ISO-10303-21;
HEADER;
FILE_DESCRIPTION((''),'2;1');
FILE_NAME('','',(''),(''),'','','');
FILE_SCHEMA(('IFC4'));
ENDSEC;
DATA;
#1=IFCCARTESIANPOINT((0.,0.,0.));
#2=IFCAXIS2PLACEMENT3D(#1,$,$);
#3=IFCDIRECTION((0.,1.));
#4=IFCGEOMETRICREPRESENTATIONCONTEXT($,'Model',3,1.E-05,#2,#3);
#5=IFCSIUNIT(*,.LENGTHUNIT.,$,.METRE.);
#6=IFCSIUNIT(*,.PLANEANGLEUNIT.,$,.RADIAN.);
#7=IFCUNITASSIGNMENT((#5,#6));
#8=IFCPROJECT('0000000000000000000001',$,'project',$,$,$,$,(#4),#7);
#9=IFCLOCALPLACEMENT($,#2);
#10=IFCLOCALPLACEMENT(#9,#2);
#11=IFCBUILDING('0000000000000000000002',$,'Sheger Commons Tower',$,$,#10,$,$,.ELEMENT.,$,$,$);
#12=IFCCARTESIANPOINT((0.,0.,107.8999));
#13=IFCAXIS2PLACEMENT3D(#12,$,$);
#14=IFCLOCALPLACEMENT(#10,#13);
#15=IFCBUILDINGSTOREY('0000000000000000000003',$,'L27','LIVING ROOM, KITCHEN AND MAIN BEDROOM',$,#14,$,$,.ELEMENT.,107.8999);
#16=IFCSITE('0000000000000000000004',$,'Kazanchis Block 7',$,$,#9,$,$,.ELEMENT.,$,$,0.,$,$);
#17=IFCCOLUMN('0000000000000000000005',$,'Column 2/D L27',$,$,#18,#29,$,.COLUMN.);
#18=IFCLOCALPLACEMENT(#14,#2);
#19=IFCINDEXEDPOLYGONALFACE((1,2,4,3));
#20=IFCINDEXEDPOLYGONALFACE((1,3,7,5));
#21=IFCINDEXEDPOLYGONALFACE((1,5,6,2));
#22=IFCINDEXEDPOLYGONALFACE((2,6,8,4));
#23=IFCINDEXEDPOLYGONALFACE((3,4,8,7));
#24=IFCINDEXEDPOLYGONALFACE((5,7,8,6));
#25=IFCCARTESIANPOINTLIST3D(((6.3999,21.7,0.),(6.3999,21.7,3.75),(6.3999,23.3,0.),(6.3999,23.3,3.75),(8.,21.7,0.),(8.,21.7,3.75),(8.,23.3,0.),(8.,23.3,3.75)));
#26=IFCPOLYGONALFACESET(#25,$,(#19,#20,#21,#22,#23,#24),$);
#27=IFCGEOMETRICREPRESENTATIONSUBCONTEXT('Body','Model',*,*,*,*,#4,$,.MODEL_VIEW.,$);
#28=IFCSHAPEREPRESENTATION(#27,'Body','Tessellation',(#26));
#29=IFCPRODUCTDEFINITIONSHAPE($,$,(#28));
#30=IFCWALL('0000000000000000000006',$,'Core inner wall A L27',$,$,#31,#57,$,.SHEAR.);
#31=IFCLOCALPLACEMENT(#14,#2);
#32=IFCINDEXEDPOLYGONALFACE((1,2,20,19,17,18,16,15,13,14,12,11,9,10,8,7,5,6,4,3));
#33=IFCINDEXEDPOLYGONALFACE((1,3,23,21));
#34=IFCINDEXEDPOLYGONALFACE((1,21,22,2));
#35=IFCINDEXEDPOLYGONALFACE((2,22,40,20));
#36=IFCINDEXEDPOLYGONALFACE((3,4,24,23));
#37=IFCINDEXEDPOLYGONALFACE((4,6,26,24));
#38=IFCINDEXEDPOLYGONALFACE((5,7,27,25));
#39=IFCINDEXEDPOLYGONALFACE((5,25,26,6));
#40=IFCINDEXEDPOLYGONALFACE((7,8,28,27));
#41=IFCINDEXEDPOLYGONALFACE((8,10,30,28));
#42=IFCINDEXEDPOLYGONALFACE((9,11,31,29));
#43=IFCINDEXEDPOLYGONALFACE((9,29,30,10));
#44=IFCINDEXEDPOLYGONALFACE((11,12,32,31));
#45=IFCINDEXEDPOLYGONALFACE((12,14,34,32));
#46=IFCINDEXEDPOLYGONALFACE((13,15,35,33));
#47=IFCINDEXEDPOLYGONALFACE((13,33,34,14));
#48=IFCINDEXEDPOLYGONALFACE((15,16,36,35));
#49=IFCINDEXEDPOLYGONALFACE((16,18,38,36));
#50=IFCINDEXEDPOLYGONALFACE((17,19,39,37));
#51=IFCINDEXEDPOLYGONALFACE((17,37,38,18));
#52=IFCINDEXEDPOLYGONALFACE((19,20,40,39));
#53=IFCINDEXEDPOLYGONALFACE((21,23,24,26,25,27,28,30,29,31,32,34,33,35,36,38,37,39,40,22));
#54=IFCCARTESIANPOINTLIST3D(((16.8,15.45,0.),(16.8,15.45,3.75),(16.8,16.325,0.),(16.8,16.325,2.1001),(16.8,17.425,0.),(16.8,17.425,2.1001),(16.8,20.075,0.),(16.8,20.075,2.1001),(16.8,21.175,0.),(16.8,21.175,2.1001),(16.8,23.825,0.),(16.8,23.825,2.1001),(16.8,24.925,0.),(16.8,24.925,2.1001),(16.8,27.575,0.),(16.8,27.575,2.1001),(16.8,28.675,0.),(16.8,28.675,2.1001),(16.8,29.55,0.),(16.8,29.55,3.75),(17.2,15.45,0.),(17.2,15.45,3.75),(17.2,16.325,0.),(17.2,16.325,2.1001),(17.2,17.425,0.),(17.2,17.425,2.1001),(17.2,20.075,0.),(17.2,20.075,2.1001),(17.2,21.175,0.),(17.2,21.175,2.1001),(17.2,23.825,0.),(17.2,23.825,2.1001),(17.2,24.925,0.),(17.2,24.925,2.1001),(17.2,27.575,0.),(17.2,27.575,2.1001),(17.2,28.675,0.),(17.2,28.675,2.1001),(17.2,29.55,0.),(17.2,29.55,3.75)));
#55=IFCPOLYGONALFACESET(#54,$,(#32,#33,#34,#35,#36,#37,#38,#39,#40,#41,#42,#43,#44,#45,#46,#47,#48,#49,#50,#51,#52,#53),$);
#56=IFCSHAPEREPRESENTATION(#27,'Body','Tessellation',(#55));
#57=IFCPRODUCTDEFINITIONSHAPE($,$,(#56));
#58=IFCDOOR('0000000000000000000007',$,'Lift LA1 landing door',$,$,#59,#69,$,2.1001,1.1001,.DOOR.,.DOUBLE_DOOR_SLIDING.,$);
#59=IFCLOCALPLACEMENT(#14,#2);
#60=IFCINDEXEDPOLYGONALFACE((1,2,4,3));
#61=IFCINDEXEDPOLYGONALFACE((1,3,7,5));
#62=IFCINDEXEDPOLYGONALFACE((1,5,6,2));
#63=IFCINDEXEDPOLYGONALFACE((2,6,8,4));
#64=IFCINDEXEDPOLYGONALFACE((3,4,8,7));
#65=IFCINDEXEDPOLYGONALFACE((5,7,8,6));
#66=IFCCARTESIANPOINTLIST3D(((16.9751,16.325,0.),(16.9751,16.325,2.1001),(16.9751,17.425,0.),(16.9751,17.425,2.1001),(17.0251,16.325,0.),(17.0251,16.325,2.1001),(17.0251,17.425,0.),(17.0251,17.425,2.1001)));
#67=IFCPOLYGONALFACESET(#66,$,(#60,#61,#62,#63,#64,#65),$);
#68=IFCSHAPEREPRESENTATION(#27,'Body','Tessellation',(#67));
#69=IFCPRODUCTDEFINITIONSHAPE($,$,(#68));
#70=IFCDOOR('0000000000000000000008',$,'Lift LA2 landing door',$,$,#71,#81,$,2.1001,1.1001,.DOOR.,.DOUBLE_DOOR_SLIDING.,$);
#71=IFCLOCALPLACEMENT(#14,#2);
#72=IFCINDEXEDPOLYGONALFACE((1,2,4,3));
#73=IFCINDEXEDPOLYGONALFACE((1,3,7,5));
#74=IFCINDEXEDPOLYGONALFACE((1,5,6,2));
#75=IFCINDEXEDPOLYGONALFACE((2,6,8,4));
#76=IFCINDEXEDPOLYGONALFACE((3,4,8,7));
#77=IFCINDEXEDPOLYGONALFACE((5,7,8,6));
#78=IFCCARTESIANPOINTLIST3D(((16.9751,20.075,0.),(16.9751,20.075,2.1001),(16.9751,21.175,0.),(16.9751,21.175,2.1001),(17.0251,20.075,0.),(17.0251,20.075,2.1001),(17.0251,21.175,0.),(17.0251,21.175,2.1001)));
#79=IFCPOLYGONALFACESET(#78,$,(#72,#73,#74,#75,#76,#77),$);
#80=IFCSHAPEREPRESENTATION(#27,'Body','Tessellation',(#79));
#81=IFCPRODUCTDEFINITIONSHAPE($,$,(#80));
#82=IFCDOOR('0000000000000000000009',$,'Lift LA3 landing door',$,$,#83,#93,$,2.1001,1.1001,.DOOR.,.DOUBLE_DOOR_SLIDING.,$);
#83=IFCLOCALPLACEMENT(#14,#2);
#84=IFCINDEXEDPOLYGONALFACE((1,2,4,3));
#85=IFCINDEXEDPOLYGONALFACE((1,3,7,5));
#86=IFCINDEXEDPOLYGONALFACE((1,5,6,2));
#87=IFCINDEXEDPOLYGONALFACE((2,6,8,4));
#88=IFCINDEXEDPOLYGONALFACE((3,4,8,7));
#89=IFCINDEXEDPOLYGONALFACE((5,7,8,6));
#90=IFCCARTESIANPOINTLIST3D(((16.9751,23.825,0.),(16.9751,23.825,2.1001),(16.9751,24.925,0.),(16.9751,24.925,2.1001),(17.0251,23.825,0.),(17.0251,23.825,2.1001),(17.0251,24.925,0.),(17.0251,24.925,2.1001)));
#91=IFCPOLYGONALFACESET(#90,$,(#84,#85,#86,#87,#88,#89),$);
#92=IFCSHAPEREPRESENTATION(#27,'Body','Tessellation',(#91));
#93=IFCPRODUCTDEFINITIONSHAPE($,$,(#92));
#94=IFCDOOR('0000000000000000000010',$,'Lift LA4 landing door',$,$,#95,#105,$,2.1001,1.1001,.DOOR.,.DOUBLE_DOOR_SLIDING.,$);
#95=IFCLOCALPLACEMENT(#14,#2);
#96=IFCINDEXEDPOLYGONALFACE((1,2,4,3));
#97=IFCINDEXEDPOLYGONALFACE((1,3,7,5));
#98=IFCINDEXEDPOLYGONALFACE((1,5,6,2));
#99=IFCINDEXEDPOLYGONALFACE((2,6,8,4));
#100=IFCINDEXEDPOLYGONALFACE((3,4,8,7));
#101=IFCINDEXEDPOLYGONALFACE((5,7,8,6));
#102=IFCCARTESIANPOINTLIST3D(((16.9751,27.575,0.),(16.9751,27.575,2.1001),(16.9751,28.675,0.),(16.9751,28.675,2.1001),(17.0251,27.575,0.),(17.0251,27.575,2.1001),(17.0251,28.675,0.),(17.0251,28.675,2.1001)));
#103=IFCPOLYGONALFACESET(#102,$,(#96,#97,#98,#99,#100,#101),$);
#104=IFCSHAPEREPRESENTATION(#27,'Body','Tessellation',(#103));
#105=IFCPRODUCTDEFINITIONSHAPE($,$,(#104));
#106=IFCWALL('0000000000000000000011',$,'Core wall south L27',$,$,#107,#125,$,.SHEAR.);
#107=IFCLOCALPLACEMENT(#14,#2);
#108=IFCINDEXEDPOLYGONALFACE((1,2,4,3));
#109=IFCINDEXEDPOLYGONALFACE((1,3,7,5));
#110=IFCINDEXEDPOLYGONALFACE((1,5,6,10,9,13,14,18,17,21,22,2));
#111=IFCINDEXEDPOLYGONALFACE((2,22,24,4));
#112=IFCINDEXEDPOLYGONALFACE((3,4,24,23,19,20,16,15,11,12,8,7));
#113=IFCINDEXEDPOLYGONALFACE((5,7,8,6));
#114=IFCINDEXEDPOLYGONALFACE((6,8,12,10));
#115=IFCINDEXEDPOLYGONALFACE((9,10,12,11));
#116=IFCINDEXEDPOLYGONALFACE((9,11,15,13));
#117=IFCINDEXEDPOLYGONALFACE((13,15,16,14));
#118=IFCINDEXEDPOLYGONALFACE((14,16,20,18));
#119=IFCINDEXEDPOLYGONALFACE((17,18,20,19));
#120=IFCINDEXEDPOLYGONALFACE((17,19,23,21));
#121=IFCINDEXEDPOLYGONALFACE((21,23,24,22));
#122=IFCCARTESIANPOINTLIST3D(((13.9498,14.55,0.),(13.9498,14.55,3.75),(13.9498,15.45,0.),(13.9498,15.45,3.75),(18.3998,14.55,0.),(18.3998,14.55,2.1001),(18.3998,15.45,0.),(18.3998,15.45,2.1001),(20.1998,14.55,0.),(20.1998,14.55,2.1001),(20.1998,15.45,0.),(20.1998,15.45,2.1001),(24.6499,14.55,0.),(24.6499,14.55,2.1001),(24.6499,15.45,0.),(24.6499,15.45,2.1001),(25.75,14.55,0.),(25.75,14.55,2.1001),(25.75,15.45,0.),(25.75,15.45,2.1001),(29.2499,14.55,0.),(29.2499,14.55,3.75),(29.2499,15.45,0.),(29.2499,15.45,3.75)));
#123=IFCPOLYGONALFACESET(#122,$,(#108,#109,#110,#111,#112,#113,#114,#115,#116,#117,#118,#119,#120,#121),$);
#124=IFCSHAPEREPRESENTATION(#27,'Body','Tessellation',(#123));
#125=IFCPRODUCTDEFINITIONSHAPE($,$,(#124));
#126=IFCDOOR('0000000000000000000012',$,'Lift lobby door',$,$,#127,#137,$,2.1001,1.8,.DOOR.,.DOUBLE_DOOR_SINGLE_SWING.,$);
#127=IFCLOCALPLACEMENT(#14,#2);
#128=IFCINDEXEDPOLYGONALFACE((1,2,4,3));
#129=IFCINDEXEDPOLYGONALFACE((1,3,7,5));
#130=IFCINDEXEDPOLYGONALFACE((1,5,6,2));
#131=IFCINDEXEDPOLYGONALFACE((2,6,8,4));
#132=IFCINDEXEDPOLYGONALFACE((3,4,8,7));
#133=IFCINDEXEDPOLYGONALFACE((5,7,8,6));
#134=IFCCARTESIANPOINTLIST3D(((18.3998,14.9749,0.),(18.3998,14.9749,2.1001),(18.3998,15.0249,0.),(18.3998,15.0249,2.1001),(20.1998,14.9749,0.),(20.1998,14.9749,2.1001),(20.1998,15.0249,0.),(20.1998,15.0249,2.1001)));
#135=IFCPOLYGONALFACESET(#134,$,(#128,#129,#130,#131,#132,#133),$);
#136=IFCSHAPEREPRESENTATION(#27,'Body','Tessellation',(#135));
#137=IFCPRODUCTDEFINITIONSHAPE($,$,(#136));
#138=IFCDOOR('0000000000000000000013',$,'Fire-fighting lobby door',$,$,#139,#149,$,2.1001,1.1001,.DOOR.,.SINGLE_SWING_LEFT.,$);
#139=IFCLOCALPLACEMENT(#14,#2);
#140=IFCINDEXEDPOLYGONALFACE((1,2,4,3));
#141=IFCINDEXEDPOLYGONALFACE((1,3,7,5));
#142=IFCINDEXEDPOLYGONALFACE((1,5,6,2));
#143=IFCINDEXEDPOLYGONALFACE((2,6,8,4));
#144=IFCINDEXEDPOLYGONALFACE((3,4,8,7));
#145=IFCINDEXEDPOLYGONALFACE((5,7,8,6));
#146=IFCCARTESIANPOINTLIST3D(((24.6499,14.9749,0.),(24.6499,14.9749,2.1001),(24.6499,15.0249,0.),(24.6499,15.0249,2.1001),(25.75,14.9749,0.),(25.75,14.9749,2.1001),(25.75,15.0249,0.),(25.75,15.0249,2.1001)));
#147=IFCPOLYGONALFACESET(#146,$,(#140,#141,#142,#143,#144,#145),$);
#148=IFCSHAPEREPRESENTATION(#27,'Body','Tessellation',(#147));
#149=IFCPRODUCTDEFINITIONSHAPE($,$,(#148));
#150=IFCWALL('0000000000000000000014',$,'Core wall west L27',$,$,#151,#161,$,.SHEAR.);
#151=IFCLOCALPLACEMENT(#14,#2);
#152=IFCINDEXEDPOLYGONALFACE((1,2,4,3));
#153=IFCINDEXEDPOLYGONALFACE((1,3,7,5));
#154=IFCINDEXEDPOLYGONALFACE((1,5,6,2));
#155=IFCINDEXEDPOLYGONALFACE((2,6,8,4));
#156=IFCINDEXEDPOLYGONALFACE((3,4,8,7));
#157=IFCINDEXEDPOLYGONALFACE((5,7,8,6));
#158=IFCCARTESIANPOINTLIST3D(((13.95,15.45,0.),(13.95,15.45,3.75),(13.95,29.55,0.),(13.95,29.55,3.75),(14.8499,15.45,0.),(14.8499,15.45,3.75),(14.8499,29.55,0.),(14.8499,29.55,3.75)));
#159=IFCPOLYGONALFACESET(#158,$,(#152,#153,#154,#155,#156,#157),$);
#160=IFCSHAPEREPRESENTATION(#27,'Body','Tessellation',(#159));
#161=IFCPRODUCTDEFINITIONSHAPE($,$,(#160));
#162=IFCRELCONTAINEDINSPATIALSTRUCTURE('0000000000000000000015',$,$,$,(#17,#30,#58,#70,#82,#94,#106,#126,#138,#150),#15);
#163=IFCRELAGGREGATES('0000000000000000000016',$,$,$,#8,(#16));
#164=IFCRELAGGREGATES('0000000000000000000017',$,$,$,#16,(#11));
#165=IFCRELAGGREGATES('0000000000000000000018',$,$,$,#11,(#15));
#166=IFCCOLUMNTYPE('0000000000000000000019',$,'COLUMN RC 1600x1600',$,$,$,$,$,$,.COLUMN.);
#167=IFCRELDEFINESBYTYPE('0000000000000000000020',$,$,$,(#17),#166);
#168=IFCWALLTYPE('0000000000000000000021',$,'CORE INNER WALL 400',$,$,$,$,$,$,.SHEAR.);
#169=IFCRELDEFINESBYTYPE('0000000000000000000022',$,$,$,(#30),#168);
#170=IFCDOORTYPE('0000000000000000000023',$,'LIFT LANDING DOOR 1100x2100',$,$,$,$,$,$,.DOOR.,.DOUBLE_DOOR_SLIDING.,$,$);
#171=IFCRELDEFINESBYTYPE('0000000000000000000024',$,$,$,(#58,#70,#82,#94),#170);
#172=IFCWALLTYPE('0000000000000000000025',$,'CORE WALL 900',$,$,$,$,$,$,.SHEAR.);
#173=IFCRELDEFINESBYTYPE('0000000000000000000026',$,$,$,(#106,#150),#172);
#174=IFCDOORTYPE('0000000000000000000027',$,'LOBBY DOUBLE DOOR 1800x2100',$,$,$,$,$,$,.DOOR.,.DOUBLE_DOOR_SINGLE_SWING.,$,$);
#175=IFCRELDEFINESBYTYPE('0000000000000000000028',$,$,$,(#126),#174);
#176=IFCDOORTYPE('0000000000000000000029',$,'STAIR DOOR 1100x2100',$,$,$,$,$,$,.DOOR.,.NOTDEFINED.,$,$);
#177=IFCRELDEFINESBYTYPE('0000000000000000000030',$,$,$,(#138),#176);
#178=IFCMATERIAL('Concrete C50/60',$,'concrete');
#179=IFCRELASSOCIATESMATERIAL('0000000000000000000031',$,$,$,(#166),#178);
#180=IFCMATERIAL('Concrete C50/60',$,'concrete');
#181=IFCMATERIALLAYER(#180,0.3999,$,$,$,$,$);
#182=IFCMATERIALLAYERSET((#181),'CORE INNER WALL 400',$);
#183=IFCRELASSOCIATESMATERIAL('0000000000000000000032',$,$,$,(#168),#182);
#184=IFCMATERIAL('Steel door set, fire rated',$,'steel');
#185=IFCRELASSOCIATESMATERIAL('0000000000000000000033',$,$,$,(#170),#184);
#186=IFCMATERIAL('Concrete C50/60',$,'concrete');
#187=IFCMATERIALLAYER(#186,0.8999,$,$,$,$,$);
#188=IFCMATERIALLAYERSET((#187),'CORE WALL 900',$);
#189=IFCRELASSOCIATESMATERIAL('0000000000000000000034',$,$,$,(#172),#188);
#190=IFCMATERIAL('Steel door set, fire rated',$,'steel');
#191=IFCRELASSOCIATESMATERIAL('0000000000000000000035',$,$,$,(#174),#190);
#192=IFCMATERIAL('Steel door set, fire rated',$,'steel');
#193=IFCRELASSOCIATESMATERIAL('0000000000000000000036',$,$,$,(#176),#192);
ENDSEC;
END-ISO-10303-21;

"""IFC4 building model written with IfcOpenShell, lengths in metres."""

from ifc_helpers import new_model, si_unit, direction, frame, frame_2d, origin, origin_2d, place, context, subcontext, project, spatial, rectangle, extrude, material, layer, layer_set, material_profile, profile_set, type_object, element, fill, save


model = new_model("IFC4")

# Units and contexts
model_context = context("Model", 3, precision=1e-05, world=origin(), true_north=direction((0.0, 1.0)))
body_context = subcontext(model_context, "Body", "Model", "MODEL_VIEW")
ifc_project = project(units=[si_unit("LENGTHUNIT", "METRE"), si_unit("PLANEANGLEUNIT", "RADIAN")], contexts=[model_context])

# Site, building, storey
site_placement = place(None, origin())
site = spatial("IfcSite", under=ifc_project, at=site_placement, Name="Kazanchis Block 7", CompositionType="ELEMENT", RefElevation=0.0)
building_placement = place(site_placement, origin())
building = spatial("IfcBuilding", under=site, at=building_placement, Name="Sheger Commons Tower", CompositionType="ELEMENT")
storey_placement = place(building_placement, frame((0.0, 0.0, 107.8999)))
storey = spatial("IfcBuildingStorey", under=building, at=storey_placement, Name="L27", Description="LIVING ROOM, KITCHEN AND MAIN BEDROOM", CompositionType="ELEMENT", Elevation=107.8999)

# Column
ifc_material_1 = material(Name="Concrete C50/60", Category="concrete")
ifc_material_profile = material_profile(ifc_material_1, rectangle(XDim=1.6001, YDim=1.6001, at=origin_2d()), Name="RC 1600x1600")
ifc_profile_set = profile_set([ifc_material_profile], Name="Concrete C50/60")
column_type = type_object("IfcColumnType", Name="COLUMN RC 1600x1600", PredefinedType="COLUMN", material=ifc_profile_set)
column_placement = place(storey_placement, frame((7.2, 22.5, 0.0), z_axis=(0.0, 0.0, 1.0), x_axis=(1.0, 0.0, 0.0)))
element("IfcColumn", 1, at=column_placement, inside=storey, type_object=column_type, Name="Column 2/D L27", PredefinedType="COLUMN", context=body_context, shape_type="SweptSolid", body=[
    extrude(rectangle(XDim=1.6001, YDim=1.6001, at=origin_2d()), origin(), (0.0, 0.0, 1.0), 3.75),
])

# Walls, openings, doors
ifc_material_2 = material(Name="Concrete C50/60", Category="concrete")
ifc_layer_1 = layer(ifc_material_2, 0.3999)
ifc_layer_set_1 = layer_set([ifc_layer_1], Name="CORE INNER WALL 400")
wall_type_1 = type_object("IfcWallType", Name="CORE INNER WALL 400", PredefinedType="SHEAR", material=ifc_layer_set_1)
wall_1_placement = place(storey_placement, frame((17.0, 15.45, 0.0), z_axis=(0.0, 0.0, 1.0), x_axis=(0.0, 1.0, 0.0)))
wall_1 = element("IfcWall", 2, at=wall_1_placement, inside=storey, type_object=wall_type_1, Name="Core inner wall A L27", PredefinedType="SHEAR", context=body_context, shape_type="SweptSolid", body=[
    extrude(rectangle(XDim=14.1001, YDim=0.3999, at=frame_2d((7.05, 0.0))), origin(), (0.0, 0.0, 1.0), 3.75),
])
opening_1_placement = place(wall_1_placement, frame((0.875, 0.0, 0.0)))
opening_1 = element("IfcOpeningElement", 3, at=opening_1_placement, cuts=wall_1, PredefinedType="OPENING", context=body_context, shape_type="SweptSolid", body=[
    extrude(rectangle(XDim=1.1001, YDim=2.1001, at=frame_2d((0.55, 1.05))), frame((0.0, 0.21, 0.0), z_axis=(0.0, -1.0, 0.0), x_axis=(1.0, 0.0, 0.0)), (0.0, 0.0, 1.0), 0.4199),
])
opening_2_placement = place(wall_1_placement, frame((4.625, 0.0, 0.0)))
opening_2 = element("IfcOpeningElement", 4, at=opening_2_placement, cuts=wall_1, PredefinedType="OPENING", context=body_context, shape_type="SweptSolid", body=[
    extrude(rectangle(XDim=1.1001, YDim=2.1001, at=frame_2d((0.55, 1.05))), frame((0.0, 0.21, 0.0), z_axis=(0.0, -1.0, 0.0), x_axis=(1.0, 0.0, 0.0)), (0.0, 0.0, 1.0), 0.4199),
])
opening_3_placement = place(wall_1_placement, frame((8.375, 0.0, 0.0)))
opening_3 = element("IfcOpeningElement", 5, at=opening_3_placement, cuts=wall_1, PredefinedType="OPENING", context=body_context, shape_type="SweptSolid", body=[
    extrude(rectangle(XDim=1.1001, YDim=2.1001, at=frame_2d((0.55, 1.05))), frame((0.0, 0.21, 0.0), z_axis=(0.0, -1.0, 0.0), x_axis=(1.0, 0.0, 0.0)), (0.0, 0.0, 1.0), 0.4199),
])
opening_4_placement = place(wall_1_placement, frame((12.125, 0.0, 0.0)))
opening_4 = element("IfcOpeningElement", 6, at=opening_4_placement, cuts=wall_1, PredefinedType="OPENING", context=body_context, shape_type="SweptSolid", body=[
    extrude(rectangle(XDim=1.1001, YDim=2.1001, at=frame_2d((0.55, 1.05))), frame((0.0, 0.21, 0.0), z_axis=(0.0, -1.0, 0.0), x_axis=(1.0, 0.0, 0.0)), (0.0, 0.0, 1.0), 0.4199),
])
ifc_material_3 = material(Name="Steel door set, fire rated", Category="steel")
door_type_1 = type_object("IfcDoorType", Name="LIFT LANDING DOOR 1100x2100", OperationType="DOUBLE_DOOR_SLIDING", PredefinedType="DOOR", material=ifc_material_3)
door_1_placement = place(opening_1_placement, origin())
door_1 = element("IfcDoor", 7, at=door_1_placement, inside=storey, type_object=door_type_1, Name="Lift LA1 landing door", OperationType="DOUBLE_DOOR_SLIDING", OverallHeight=2.1001, OverallWidth=1.1001, PredefinedType="DOOR", context=body_context, shape_type="SweptSolid", body=[
    extrude(rectangle(XDim=1.1001, YDim=2.1001, at=frame_2d((0.55, 1.05))), frame((0.0, 0.0249, 0.0), z_axis=(0.0, -1.0, 0.0), x_axis=(1.0, 0.0, 0.0)), (0.0, 0.0, 1.0), 0.05),
])
fill(opening_1, door_1)
door_2_placement = place(opening_2_placement, origin())
door_2 = element("IfcDoor", 8, at=door_2_placement, inside=storey, type_object=door_type_1, Name="Lift LA2 landing door", OperationType="DOUBLE_DOOR_SLIDING", OverallHeight=2.1001, OverallWidth=1.1001, PredefinedType="DOOR", context=body_context, shape_type="SweptSolid", body=[
    extrude(rectangle(XDim=1.1001, YDim=2.1001, at=frame_2d((0.55, 1.05))), frame((0.0, 0.0249, 0.0), z_axis=(0.0, -1.0, 0.0), x_axis=(1.0, 0.0, 0.0)), (0.0, 0.0, 1.0), 0.05),
])
fill(opening_2, door_2)
door_3_placement = place(opening_3_placement, origin())
door_3 = element("IfcDoor", 9, at=door_3_placement, inside=storey, type_object=door_type_1, Name="Lift LA3 landing door", OperationType="DOUBLE_DOOR_SLIDING", OverallHeight=2.1001, OverallWidth=1.1001, PredefinedType="DOOR", context=body_context, shape_type="SweptSolid", body=[
    extrude(rectangle(XDim=1.1001, YDim=2.1001, at=frame_2d((0.55, 1.05))), frame((0.0, 0.0249, 0.0), z_axis=(0.0, -1.0, 0.0), x_axis=(1.0, 0.0, 0.0)), (0.0, 0.0, 1.0), 0.05),
])
fill(opening_3, door_3)
door_4_placement = place(opening_4_placement, origin())
door_4 = element("IfcDoor", 10, at=door_4_placement, inside=storey, type_object=door_type_1, Name="Lift LA4 landing door", OperationType="DOUBLE_DOOR_SLIDING", OverallHeight=2.1001, OverallWidth=1.1001, PredefinedType="DOOR", context=body_context, shape_type="SweptSolid", body=[
    extrude(rectangle(XDim=1.1001, YDim=2.1001, at=frame_2d((0.55, 1.05))), frame((0.0, 0.0249, 0.0), z_axis=(0.0, -1.0, 0.0), x_axis=(1.0, 0.0, 0.0)), (0.0, 0.0, 1.0), 0.05),
])
fill(opening_4, door_4)
ifc_material_4 = material(Name="Concrete C50/60", Category="concrete")
ifc_layer_2 = layer(ifc_material_4, 0.8999)
ifc_layer_set_2 = layer_set([ifc_layer_2], Name="CORE WALL 900")
wall_type_2 = type_object("IfcWallType", Name="CORE WALL 900", PredefinedType="SHEAR", material=ifc_layer_set_2)
wall_2_placement = place(storey_placement, frame((13.95, 15.0, 0.0), z_axis=(0.0, 0.0, 1.0), x_axis=(1.0, 0.0, 0.0)))
wall_2 = element("IfcWall", 11, at=wall_2_placement, inside=storey, type_object=wall_type_2, Name="Core wall south L27", PredefinedType="SHEAR", context=body_context, shape_type="SweptSolid", body=[
    extrude(rectangle(XDim=15.3, YDim=0.8999, at=frame_2d((7.6499, 0.0))), origin(), (0.0, 0.0, 1.0), 3.75),
])
opening_5_placement = place(wall_2_placement, frame((4.45, 0.0, 0.0)))
opening_5 = element("IfcOpeningElement", 12, at=opening_5_placement, cuts=wall_2, PredefinedType="OPENING", context=body_context, shape_type="SweptSolid", body=[
    extrude(rectangle(XDim=1.8, YDim=2.1001, at=frame_2d((0.8999, 1.05))), frame((0.0, 0.46, 0.0), z_axis=(0.0, -1.0, 0.0), x_axis=(1.0, 0.0, 0.0)), (0.0, 0.0, 1.0), 0.9199),
])
opening_6_placement = place(wall_2_placement, frame((10.7, 0.0, 0.0)))
opening_6 = element("IfcOpeningElement", 13, at=opening_6_placement, cuts=wall_2, PredefinedType="OPENING", context=body_context, shape_type="SweptSolid", body=[
    extrude(rectangle(XDim=1.1001, YDim=2.1001, at=frame_2d((0.55, 1.05))), frame((0.0, 0.46, 0.0), z_axis=(0.0, -1.0, 0.0), x_axis=(1.0, 0.0, 0.0)), (0.0, 0.0, 1.0), 0.9199),
])
ifc_material_5 = material(Name="Steel door set, fire rated", Category="steel")
door_type_2 = type_object("IfcDoorType", Name="LOBBY DOUBLE DOOR 1800x2100", OperationType="DOUBLE_DOOR_SINGLE_SWING", PredefinedType="DOOR", material=ifc_material_5)
door_5_placement = place(opening_5_placement, origin())
door_5 = element("IfcDoor", 14, at=door_5_placement, inside=storey, type_object=door_type_2, Name="Lift lobby door", OperationType="DOUBLE_DOOR_SINGLE_SWING", OverallHeight=2.1001, OverallWidth=1.8, PredefinedType="DOOR", context=body_context, shape_type="SweptSolid", body=[
    extrude(rectangle(XDim=1.8, YDim=2.1001, at=frame_2d((0.8999, 1.05))), frame((0.0, 0.0249, 0.0), z_axis=(0.0, -1.0, 0.0), x_axis=(1.0, 0.0, 0.0)), (0.0, 0.0, 1.0), 0.05),
])
fill(opening_5, door_5)
ifc_material_6 = material(Name="Steel door set, fire rated", Category="steel")
door_type_3 = type_object("IfcDoorType", Name="STAIR DOOR 1100x2100", OperationType="NOTDEFINED", PredefinedType="DOOR", material=ifc_material_6)
door_6_placement = place(opening_6_placement, origin())
door_6 = element("IfcDoor", 15, at=door_6_placement, inside=storey, type_object=door_type_3, Name="Fire-fighting lobby door", OperationType="SINGLE_SWING_LEFT", OverallHeight=2.1001, OverallWidth=1.1001, PredefinedType="DOOR", context=body_context, shape_type="SweptSolid", body=[
    extrude(rectangle(XDim=1.1001, YDim=2.1001, at=frame_2d((0.55, 1.05))), frame((0.0, 0.0249, 0.0), z_axis=(0.0, -1.0, 0.0), x_axis=(1.0, 0.0, 0.0)), (0.0, 0.0, 1.0), 0.05),
])
fill(opening_6, door_6)

# Wall
wall_3_placement = place(storey_placement, frame((14.3999, 15.45, 0.0), z_axis=(0.0, 0.0, 1.0), x_axis=(0.0, 1.0, 0.0)))
element("IfcWall", 16, at=wall_3_placement, inside=storey, type_object=wall_type_2, Name="Core wall west L27", PredefinedType="SHEAR", context=body_context, shape_type="SweptSolid", body=[
    extrude(rectangle(XDim=14.1001, YDim=0.8999, at=frame_2d((7.05, 0.0))), origin(), (0.0, 0.0, 1.0), 3.75),
])

save(model, "model.ifc")
